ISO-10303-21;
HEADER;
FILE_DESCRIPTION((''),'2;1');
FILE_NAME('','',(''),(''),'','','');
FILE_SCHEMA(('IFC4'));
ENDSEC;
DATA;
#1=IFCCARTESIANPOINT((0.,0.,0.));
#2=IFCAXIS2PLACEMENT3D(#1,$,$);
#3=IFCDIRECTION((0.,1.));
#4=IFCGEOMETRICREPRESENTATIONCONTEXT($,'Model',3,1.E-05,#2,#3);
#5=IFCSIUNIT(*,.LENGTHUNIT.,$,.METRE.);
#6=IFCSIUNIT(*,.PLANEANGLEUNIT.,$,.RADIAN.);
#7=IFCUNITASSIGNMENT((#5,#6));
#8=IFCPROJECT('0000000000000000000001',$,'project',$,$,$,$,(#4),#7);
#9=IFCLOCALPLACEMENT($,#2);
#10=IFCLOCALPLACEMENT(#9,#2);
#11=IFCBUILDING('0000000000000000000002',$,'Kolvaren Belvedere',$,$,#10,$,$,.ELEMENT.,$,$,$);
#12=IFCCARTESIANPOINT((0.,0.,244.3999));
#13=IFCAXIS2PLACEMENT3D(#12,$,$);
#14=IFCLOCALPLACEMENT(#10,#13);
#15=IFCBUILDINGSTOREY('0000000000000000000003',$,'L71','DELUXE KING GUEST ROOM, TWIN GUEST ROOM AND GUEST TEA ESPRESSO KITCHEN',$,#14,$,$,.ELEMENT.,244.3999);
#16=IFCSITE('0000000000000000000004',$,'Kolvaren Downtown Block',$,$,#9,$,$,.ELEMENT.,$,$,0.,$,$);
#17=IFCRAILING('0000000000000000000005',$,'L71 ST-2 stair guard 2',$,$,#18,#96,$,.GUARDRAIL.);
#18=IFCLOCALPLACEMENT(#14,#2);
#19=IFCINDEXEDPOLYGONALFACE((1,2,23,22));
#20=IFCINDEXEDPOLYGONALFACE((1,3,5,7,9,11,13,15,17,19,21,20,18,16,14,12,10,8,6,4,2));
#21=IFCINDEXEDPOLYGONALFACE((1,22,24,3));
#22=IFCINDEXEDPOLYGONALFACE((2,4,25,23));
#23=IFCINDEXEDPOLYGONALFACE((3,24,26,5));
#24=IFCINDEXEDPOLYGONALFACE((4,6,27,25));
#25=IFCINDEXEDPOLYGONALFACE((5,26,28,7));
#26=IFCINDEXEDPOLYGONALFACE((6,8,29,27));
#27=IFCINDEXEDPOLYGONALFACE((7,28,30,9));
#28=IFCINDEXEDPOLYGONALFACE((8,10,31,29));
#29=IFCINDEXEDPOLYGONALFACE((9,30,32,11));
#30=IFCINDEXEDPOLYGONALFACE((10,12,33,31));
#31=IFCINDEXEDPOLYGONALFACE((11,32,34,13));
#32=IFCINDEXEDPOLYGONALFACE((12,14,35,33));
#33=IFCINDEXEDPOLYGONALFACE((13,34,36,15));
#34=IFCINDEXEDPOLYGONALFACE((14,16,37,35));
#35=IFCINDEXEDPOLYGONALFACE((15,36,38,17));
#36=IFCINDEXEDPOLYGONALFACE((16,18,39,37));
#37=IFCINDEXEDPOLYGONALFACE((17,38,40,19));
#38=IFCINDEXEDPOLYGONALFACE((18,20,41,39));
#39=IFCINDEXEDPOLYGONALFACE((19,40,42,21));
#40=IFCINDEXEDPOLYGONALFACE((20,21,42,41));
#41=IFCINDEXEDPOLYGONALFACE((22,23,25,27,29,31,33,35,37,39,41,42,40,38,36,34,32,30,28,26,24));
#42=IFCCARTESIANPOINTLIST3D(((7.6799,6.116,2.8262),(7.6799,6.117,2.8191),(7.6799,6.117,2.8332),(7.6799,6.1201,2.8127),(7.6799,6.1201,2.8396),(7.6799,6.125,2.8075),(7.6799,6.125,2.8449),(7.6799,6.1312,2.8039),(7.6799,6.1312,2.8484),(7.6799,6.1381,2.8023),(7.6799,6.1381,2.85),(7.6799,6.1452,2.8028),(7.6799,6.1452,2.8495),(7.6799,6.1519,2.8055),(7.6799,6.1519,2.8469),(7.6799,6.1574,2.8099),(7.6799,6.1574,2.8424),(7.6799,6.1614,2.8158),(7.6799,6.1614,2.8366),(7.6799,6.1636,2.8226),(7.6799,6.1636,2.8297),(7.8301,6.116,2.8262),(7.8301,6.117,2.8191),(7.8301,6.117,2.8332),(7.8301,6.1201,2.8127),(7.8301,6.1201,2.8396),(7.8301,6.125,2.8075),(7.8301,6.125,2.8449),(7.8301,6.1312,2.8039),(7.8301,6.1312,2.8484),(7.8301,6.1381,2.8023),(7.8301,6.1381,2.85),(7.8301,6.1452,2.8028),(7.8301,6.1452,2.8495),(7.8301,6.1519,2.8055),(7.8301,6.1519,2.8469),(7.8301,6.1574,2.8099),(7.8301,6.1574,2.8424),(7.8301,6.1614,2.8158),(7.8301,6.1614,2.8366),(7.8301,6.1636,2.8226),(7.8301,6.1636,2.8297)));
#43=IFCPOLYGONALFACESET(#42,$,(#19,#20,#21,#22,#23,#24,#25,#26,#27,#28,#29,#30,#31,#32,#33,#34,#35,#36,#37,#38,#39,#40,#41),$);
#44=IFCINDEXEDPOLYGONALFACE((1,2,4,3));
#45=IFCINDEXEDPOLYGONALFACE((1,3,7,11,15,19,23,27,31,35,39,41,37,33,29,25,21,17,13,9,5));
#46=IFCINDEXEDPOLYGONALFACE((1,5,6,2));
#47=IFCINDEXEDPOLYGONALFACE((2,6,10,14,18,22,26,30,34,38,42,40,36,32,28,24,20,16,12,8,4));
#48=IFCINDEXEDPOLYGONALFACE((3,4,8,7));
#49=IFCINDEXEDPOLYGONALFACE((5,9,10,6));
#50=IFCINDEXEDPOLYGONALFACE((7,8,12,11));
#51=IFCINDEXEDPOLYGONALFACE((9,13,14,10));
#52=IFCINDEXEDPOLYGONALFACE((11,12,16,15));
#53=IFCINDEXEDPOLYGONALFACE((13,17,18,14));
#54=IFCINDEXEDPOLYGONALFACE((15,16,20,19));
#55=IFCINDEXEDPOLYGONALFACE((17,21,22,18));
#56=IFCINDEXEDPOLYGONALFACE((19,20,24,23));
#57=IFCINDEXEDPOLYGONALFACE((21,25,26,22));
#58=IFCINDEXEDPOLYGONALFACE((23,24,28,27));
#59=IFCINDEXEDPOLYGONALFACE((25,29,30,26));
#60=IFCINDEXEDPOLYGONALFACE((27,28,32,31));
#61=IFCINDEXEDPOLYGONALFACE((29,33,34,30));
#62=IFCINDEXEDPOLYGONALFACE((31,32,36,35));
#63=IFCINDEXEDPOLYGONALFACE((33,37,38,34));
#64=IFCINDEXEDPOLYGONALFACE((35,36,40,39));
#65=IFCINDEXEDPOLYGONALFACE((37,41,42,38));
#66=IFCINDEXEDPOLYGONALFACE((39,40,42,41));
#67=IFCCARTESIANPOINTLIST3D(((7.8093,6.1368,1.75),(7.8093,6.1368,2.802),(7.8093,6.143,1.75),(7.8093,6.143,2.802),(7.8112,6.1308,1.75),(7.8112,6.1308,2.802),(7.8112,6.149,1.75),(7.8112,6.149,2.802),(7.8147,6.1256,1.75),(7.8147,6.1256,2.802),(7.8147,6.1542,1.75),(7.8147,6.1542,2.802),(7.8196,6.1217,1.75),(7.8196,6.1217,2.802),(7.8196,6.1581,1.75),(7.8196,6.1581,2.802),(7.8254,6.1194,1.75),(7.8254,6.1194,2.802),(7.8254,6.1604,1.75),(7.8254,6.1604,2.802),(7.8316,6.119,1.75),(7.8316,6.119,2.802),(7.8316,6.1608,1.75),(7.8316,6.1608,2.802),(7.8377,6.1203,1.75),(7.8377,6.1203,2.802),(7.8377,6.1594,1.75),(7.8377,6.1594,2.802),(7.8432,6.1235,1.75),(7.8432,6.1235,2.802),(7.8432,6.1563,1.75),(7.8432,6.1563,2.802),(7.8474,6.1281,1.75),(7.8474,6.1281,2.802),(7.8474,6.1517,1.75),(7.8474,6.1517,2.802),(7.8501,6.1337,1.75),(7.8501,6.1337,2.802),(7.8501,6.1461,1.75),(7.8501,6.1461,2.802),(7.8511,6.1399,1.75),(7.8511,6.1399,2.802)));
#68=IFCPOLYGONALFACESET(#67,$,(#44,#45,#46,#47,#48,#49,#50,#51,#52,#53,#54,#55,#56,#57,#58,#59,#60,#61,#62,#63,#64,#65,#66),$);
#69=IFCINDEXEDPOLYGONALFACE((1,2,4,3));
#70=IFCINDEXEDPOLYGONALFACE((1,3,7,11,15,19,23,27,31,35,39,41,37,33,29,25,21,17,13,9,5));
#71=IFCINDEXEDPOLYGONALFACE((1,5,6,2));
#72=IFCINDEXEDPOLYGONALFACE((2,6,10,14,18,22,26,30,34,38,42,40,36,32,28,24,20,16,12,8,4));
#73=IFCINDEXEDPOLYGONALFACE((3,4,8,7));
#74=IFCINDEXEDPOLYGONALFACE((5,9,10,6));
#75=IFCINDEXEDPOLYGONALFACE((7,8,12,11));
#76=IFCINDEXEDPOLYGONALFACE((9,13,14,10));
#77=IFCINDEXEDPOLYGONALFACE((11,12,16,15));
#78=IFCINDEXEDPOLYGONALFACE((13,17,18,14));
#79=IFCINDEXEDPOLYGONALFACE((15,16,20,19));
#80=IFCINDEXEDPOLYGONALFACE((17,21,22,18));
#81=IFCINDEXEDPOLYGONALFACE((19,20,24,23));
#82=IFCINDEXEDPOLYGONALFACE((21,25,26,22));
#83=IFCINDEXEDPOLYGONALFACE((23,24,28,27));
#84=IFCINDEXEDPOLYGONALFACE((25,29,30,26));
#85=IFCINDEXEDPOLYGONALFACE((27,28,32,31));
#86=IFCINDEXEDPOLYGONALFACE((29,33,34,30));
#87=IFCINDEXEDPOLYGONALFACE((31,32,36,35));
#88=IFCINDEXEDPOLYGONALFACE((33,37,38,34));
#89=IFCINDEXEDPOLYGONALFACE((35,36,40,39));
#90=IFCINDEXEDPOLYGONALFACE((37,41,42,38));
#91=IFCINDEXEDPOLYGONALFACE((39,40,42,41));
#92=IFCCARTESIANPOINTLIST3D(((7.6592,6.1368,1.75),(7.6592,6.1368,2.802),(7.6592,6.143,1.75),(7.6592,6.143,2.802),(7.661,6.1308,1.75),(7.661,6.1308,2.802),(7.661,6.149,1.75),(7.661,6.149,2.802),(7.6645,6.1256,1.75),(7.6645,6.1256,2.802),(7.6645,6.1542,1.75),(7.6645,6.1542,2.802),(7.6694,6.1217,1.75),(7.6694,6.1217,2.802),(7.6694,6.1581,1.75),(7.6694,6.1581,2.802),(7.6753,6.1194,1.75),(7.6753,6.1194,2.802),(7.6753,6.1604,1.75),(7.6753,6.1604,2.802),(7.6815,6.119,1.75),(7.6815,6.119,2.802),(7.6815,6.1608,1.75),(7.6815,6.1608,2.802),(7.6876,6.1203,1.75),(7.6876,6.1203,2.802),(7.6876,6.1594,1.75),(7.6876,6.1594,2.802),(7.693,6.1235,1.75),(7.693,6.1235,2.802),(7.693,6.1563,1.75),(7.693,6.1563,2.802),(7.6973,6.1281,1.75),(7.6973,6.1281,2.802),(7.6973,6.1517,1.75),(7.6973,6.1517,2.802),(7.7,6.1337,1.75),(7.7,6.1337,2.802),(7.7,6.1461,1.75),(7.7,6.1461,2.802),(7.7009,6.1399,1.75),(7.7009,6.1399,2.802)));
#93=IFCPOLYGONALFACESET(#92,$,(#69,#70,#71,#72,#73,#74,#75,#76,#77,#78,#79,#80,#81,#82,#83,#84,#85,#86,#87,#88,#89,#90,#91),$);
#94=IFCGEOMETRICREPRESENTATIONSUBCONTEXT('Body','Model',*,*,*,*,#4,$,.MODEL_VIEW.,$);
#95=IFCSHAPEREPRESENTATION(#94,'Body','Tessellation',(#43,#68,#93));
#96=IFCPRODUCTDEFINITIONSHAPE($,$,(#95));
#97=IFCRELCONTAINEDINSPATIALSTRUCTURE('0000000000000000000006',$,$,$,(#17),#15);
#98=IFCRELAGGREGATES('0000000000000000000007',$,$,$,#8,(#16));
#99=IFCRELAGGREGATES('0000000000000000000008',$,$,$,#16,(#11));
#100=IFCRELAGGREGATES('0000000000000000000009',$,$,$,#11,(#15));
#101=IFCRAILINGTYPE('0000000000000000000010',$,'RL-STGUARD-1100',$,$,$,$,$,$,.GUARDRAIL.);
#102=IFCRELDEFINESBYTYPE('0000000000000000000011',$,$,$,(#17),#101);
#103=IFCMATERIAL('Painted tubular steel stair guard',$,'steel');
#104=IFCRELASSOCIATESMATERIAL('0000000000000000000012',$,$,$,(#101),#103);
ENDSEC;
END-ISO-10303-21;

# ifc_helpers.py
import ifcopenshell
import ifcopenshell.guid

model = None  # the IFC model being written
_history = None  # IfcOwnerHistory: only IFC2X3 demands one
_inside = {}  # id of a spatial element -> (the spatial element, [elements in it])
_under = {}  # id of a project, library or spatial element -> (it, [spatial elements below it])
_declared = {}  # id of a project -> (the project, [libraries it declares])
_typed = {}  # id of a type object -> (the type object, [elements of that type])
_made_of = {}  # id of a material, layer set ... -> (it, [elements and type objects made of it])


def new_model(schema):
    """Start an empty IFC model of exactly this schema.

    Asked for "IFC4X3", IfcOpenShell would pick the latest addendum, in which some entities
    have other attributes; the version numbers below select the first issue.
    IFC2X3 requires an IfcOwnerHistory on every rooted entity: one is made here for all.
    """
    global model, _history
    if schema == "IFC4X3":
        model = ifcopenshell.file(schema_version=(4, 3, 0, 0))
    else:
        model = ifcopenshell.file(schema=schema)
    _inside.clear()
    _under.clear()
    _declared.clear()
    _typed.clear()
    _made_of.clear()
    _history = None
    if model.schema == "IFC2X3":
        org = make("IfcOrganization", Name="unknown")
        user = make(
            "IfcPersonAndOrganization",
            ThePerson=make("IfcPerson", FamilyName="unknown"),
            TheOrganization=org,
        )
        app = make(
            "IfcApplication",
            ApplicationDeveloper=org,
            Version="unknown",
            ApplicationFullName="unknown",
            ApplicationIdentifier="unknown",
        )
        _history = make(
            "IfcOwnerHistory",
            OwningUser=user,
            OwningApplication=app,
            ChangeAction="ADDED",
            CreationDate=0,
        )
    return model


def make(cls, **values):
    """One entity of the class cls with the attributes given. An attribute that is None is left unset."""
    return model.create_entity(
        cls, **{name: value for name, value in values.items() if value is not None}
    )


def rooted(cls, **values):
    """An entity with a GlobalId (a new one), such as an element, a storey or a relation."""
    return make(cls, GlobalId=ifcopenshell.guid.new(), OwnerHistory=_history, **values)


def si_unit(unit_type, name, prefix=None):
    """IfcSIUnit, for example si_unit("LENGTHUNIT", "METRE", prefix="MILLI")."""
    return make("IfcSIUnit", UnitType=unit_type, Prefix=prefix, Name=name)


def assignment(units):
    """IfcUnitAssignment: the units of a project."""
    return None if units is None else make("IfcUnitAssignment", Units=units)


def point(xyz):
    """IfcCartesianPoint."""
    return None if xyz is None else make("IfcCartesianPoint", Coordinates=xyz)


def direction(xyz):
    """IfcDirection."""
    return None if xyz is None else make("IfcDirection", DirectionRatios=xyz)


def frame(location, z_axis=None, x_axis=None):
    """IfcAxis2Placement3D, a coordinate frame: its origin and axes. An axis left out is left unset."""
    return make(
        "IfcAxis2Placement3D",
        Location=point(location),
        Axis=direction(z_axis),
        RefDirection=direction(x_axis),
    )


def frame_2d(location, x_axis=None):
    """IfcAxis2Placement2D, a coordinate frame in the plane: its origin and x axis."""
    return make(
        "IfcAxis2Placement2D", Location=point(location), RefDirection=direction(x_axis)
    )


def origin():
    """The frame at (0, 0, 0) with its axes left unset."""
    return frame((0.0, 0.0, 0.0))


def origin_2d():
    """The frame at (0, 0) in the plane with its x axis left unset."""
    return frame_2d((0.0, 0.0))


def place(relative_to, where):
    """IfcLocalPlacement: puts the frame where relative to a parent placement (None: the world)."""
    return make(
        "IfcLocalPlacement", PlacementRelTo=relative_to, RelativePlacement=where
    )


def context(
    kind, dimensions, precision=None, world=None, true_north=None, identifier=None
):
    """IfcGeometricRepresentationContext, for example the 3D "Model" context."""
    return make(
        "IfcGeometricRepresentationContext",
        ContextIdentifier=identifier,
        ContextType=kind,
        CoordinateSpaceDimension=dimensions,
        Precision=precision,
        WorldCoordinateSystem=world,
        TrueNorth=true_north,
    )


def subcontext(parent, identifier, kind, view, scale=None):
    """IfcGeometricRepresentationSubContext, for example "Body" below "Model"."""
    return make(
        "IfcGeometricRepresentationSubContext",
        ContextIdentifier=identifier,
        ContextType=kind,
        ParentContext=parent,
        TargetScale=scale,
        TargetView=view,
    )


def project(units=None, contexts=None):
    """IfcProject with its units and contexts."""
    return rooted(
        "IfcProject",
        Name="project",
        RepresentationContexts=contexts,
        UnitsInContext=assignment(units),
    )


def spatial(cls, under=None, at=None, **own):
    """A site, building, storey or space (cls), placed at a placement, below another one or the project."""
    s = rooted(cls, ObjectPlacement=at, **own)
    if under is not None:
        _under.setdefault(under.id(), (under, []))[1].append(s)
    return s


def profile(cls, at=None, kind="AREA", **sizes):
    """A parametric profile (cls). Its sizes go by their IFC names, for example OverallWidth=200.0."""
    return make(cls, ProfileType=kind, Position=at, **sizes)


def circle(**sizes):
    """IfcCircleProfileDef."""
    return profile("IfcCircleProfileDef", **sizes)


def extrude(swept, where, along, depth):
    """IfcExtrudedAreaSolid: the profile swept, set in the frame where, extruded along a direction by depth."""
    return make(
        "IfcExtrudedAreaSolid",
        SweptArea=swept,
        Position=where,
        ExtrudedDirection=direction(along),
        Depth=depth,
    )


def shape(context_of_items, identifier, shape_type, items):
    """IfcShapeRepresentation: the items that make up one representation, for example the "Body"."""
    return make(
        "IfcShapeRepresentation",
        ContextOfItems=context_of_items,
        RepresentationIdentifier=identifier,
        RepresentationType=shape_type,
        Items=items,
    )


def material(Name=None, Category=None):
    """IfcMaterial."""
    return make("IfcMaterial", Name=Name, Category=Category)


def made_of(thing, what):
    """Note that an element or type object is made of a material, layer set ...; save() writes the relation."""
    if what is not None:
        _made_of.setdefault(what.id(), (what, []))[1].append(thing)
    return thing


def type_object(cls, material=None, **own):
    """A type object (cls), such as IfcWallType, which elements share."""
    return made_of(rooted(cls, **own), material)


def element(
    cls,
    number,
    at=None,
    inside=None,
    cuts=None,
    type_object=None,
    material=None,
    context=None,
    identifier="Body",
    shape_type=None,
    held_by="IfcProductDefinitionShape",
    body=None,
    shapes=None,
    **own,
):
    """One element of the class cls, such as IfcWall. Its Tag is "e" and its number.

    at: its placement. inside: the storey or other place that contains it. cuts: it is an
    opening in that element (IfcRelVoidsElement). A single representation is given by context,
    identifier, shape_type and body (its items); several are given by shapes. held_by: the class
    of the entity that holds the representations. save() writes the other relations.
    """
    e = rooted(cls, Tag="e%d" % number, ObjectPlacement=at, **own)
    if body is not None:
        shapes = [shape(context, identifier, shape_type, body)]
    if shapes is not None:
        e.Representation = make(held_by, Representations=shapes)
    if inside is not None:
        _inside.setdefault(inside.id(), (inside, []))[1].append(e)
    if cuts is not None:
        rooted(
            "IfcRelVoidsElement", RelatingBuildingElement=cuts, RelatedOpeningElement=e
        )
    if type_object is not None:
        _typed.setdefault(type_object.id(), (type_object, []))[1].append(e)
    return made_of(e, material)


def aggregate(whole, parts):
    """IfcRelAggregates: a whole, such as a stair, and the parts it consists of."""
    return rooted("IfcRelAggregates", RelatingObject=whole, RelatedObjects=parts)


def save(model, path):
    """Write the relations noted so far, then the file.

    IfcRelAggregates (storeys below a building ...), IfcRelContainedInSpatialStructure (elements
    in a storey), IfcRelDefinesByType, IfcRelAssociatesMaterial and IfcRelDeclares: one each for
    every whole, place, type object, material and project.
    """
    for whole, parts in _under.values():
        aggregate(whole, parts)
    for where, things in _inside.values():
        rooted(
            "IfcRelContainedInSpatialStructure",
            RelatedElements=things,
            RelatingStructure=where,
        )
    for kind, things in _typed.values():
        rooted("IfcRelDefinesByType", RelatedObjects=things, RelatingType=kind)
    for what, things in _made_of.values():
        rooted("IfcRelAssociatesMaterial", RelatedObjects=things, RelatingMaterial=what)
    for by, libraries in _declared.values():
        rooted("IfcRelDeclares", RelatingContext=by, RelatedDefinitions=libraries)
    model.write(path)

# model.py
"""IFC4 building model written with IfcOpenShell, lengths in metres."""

from ifc_helpers import new_model, si_unit, direction, frame, origin, origin_2d, place, context, subcontext, project, spatial, circle, extrude, material, type_object, element, save


model = new_model("IFC4")

# Units and contexts
model_context = context("Model", 3, precision=1e-05, world=origin(), true_north=direction((0.0, 1.0)))
body_context = subcontext(model_context, "Body", "Model", "MODEL_VIEW")
ifc_project = project(units=[si_unit("LENGTHUNIT", "METRE"), si_unit("PLANEANGLEUNIT", "RADIAN")], contexts=[model_context])

# Site, building, storey
site_placement = place(None, origin())
site = spatial("IfcSite", under=ifc_project, at=site_placement, Name="Kolvaren Downtown Block", CompositionType="ELEMENT", RefElevation=0.0)
building_placement = place(site_placement, origin())
building = spatial("IfcBuilding", under=site, at=building_placement, Name="Kolvaren Belvedere", CompositionType="ELEMENT")
storey_placement = place(building_placement, frame((0.0, 0.0, 244.3999)))
storey = spatial("IfcBuildingStorey", under=building, at=storey_placement, Name="L71", Description="DELUXE KING GUEST ROOM, TWIN GUEST ROOM AND GUEST TEA ESPRESSO KITCHEN", CompositionType="ELEMENT", Elevation=244.3999)

# Railing
ifc_material_1 = material(Name="Painted tubular steel stair guard", Category="steel")
railing_type_1 = type_object("IfcRailingType", Name="RL-STGUARD-1100", PredefinedType="GUARDRAIL", material=ifc_material_1)
railing_1_placement = place(storey_placement, frame((7.8301, 6.1399, 1.75)))
element("IfcRailing", 1, at=railing_1_placement, inside=storey, type_object=railing_type_1, Name="L71 ST-2 stair guard 2", PredefinedType="GUARDRAIL", context=body_context, shape_type="SweptSolid", body=[
    extrude(circle(Radius=0.0239, at=origin_2d()), frame((0.0, 0.0, 1.0762), z_axis=(-1.0, 0.0, 0.0), x_axis=(0.0, -1.0, 0.0)), (0.0, 0.0, 1.0), 0.1501),
    extrude(circle(Radius=0.021, at=origin_2d()), origin(), (0.0, 0.0, 1.0), 1.052),
    extrude(circle(Radius=0.021, at=origin_2d()), frame((-0.1501, 0.0, 0.0)), (0.0, 0.0, 1.0), 1.052),
])

save(model, "model.ifc")
